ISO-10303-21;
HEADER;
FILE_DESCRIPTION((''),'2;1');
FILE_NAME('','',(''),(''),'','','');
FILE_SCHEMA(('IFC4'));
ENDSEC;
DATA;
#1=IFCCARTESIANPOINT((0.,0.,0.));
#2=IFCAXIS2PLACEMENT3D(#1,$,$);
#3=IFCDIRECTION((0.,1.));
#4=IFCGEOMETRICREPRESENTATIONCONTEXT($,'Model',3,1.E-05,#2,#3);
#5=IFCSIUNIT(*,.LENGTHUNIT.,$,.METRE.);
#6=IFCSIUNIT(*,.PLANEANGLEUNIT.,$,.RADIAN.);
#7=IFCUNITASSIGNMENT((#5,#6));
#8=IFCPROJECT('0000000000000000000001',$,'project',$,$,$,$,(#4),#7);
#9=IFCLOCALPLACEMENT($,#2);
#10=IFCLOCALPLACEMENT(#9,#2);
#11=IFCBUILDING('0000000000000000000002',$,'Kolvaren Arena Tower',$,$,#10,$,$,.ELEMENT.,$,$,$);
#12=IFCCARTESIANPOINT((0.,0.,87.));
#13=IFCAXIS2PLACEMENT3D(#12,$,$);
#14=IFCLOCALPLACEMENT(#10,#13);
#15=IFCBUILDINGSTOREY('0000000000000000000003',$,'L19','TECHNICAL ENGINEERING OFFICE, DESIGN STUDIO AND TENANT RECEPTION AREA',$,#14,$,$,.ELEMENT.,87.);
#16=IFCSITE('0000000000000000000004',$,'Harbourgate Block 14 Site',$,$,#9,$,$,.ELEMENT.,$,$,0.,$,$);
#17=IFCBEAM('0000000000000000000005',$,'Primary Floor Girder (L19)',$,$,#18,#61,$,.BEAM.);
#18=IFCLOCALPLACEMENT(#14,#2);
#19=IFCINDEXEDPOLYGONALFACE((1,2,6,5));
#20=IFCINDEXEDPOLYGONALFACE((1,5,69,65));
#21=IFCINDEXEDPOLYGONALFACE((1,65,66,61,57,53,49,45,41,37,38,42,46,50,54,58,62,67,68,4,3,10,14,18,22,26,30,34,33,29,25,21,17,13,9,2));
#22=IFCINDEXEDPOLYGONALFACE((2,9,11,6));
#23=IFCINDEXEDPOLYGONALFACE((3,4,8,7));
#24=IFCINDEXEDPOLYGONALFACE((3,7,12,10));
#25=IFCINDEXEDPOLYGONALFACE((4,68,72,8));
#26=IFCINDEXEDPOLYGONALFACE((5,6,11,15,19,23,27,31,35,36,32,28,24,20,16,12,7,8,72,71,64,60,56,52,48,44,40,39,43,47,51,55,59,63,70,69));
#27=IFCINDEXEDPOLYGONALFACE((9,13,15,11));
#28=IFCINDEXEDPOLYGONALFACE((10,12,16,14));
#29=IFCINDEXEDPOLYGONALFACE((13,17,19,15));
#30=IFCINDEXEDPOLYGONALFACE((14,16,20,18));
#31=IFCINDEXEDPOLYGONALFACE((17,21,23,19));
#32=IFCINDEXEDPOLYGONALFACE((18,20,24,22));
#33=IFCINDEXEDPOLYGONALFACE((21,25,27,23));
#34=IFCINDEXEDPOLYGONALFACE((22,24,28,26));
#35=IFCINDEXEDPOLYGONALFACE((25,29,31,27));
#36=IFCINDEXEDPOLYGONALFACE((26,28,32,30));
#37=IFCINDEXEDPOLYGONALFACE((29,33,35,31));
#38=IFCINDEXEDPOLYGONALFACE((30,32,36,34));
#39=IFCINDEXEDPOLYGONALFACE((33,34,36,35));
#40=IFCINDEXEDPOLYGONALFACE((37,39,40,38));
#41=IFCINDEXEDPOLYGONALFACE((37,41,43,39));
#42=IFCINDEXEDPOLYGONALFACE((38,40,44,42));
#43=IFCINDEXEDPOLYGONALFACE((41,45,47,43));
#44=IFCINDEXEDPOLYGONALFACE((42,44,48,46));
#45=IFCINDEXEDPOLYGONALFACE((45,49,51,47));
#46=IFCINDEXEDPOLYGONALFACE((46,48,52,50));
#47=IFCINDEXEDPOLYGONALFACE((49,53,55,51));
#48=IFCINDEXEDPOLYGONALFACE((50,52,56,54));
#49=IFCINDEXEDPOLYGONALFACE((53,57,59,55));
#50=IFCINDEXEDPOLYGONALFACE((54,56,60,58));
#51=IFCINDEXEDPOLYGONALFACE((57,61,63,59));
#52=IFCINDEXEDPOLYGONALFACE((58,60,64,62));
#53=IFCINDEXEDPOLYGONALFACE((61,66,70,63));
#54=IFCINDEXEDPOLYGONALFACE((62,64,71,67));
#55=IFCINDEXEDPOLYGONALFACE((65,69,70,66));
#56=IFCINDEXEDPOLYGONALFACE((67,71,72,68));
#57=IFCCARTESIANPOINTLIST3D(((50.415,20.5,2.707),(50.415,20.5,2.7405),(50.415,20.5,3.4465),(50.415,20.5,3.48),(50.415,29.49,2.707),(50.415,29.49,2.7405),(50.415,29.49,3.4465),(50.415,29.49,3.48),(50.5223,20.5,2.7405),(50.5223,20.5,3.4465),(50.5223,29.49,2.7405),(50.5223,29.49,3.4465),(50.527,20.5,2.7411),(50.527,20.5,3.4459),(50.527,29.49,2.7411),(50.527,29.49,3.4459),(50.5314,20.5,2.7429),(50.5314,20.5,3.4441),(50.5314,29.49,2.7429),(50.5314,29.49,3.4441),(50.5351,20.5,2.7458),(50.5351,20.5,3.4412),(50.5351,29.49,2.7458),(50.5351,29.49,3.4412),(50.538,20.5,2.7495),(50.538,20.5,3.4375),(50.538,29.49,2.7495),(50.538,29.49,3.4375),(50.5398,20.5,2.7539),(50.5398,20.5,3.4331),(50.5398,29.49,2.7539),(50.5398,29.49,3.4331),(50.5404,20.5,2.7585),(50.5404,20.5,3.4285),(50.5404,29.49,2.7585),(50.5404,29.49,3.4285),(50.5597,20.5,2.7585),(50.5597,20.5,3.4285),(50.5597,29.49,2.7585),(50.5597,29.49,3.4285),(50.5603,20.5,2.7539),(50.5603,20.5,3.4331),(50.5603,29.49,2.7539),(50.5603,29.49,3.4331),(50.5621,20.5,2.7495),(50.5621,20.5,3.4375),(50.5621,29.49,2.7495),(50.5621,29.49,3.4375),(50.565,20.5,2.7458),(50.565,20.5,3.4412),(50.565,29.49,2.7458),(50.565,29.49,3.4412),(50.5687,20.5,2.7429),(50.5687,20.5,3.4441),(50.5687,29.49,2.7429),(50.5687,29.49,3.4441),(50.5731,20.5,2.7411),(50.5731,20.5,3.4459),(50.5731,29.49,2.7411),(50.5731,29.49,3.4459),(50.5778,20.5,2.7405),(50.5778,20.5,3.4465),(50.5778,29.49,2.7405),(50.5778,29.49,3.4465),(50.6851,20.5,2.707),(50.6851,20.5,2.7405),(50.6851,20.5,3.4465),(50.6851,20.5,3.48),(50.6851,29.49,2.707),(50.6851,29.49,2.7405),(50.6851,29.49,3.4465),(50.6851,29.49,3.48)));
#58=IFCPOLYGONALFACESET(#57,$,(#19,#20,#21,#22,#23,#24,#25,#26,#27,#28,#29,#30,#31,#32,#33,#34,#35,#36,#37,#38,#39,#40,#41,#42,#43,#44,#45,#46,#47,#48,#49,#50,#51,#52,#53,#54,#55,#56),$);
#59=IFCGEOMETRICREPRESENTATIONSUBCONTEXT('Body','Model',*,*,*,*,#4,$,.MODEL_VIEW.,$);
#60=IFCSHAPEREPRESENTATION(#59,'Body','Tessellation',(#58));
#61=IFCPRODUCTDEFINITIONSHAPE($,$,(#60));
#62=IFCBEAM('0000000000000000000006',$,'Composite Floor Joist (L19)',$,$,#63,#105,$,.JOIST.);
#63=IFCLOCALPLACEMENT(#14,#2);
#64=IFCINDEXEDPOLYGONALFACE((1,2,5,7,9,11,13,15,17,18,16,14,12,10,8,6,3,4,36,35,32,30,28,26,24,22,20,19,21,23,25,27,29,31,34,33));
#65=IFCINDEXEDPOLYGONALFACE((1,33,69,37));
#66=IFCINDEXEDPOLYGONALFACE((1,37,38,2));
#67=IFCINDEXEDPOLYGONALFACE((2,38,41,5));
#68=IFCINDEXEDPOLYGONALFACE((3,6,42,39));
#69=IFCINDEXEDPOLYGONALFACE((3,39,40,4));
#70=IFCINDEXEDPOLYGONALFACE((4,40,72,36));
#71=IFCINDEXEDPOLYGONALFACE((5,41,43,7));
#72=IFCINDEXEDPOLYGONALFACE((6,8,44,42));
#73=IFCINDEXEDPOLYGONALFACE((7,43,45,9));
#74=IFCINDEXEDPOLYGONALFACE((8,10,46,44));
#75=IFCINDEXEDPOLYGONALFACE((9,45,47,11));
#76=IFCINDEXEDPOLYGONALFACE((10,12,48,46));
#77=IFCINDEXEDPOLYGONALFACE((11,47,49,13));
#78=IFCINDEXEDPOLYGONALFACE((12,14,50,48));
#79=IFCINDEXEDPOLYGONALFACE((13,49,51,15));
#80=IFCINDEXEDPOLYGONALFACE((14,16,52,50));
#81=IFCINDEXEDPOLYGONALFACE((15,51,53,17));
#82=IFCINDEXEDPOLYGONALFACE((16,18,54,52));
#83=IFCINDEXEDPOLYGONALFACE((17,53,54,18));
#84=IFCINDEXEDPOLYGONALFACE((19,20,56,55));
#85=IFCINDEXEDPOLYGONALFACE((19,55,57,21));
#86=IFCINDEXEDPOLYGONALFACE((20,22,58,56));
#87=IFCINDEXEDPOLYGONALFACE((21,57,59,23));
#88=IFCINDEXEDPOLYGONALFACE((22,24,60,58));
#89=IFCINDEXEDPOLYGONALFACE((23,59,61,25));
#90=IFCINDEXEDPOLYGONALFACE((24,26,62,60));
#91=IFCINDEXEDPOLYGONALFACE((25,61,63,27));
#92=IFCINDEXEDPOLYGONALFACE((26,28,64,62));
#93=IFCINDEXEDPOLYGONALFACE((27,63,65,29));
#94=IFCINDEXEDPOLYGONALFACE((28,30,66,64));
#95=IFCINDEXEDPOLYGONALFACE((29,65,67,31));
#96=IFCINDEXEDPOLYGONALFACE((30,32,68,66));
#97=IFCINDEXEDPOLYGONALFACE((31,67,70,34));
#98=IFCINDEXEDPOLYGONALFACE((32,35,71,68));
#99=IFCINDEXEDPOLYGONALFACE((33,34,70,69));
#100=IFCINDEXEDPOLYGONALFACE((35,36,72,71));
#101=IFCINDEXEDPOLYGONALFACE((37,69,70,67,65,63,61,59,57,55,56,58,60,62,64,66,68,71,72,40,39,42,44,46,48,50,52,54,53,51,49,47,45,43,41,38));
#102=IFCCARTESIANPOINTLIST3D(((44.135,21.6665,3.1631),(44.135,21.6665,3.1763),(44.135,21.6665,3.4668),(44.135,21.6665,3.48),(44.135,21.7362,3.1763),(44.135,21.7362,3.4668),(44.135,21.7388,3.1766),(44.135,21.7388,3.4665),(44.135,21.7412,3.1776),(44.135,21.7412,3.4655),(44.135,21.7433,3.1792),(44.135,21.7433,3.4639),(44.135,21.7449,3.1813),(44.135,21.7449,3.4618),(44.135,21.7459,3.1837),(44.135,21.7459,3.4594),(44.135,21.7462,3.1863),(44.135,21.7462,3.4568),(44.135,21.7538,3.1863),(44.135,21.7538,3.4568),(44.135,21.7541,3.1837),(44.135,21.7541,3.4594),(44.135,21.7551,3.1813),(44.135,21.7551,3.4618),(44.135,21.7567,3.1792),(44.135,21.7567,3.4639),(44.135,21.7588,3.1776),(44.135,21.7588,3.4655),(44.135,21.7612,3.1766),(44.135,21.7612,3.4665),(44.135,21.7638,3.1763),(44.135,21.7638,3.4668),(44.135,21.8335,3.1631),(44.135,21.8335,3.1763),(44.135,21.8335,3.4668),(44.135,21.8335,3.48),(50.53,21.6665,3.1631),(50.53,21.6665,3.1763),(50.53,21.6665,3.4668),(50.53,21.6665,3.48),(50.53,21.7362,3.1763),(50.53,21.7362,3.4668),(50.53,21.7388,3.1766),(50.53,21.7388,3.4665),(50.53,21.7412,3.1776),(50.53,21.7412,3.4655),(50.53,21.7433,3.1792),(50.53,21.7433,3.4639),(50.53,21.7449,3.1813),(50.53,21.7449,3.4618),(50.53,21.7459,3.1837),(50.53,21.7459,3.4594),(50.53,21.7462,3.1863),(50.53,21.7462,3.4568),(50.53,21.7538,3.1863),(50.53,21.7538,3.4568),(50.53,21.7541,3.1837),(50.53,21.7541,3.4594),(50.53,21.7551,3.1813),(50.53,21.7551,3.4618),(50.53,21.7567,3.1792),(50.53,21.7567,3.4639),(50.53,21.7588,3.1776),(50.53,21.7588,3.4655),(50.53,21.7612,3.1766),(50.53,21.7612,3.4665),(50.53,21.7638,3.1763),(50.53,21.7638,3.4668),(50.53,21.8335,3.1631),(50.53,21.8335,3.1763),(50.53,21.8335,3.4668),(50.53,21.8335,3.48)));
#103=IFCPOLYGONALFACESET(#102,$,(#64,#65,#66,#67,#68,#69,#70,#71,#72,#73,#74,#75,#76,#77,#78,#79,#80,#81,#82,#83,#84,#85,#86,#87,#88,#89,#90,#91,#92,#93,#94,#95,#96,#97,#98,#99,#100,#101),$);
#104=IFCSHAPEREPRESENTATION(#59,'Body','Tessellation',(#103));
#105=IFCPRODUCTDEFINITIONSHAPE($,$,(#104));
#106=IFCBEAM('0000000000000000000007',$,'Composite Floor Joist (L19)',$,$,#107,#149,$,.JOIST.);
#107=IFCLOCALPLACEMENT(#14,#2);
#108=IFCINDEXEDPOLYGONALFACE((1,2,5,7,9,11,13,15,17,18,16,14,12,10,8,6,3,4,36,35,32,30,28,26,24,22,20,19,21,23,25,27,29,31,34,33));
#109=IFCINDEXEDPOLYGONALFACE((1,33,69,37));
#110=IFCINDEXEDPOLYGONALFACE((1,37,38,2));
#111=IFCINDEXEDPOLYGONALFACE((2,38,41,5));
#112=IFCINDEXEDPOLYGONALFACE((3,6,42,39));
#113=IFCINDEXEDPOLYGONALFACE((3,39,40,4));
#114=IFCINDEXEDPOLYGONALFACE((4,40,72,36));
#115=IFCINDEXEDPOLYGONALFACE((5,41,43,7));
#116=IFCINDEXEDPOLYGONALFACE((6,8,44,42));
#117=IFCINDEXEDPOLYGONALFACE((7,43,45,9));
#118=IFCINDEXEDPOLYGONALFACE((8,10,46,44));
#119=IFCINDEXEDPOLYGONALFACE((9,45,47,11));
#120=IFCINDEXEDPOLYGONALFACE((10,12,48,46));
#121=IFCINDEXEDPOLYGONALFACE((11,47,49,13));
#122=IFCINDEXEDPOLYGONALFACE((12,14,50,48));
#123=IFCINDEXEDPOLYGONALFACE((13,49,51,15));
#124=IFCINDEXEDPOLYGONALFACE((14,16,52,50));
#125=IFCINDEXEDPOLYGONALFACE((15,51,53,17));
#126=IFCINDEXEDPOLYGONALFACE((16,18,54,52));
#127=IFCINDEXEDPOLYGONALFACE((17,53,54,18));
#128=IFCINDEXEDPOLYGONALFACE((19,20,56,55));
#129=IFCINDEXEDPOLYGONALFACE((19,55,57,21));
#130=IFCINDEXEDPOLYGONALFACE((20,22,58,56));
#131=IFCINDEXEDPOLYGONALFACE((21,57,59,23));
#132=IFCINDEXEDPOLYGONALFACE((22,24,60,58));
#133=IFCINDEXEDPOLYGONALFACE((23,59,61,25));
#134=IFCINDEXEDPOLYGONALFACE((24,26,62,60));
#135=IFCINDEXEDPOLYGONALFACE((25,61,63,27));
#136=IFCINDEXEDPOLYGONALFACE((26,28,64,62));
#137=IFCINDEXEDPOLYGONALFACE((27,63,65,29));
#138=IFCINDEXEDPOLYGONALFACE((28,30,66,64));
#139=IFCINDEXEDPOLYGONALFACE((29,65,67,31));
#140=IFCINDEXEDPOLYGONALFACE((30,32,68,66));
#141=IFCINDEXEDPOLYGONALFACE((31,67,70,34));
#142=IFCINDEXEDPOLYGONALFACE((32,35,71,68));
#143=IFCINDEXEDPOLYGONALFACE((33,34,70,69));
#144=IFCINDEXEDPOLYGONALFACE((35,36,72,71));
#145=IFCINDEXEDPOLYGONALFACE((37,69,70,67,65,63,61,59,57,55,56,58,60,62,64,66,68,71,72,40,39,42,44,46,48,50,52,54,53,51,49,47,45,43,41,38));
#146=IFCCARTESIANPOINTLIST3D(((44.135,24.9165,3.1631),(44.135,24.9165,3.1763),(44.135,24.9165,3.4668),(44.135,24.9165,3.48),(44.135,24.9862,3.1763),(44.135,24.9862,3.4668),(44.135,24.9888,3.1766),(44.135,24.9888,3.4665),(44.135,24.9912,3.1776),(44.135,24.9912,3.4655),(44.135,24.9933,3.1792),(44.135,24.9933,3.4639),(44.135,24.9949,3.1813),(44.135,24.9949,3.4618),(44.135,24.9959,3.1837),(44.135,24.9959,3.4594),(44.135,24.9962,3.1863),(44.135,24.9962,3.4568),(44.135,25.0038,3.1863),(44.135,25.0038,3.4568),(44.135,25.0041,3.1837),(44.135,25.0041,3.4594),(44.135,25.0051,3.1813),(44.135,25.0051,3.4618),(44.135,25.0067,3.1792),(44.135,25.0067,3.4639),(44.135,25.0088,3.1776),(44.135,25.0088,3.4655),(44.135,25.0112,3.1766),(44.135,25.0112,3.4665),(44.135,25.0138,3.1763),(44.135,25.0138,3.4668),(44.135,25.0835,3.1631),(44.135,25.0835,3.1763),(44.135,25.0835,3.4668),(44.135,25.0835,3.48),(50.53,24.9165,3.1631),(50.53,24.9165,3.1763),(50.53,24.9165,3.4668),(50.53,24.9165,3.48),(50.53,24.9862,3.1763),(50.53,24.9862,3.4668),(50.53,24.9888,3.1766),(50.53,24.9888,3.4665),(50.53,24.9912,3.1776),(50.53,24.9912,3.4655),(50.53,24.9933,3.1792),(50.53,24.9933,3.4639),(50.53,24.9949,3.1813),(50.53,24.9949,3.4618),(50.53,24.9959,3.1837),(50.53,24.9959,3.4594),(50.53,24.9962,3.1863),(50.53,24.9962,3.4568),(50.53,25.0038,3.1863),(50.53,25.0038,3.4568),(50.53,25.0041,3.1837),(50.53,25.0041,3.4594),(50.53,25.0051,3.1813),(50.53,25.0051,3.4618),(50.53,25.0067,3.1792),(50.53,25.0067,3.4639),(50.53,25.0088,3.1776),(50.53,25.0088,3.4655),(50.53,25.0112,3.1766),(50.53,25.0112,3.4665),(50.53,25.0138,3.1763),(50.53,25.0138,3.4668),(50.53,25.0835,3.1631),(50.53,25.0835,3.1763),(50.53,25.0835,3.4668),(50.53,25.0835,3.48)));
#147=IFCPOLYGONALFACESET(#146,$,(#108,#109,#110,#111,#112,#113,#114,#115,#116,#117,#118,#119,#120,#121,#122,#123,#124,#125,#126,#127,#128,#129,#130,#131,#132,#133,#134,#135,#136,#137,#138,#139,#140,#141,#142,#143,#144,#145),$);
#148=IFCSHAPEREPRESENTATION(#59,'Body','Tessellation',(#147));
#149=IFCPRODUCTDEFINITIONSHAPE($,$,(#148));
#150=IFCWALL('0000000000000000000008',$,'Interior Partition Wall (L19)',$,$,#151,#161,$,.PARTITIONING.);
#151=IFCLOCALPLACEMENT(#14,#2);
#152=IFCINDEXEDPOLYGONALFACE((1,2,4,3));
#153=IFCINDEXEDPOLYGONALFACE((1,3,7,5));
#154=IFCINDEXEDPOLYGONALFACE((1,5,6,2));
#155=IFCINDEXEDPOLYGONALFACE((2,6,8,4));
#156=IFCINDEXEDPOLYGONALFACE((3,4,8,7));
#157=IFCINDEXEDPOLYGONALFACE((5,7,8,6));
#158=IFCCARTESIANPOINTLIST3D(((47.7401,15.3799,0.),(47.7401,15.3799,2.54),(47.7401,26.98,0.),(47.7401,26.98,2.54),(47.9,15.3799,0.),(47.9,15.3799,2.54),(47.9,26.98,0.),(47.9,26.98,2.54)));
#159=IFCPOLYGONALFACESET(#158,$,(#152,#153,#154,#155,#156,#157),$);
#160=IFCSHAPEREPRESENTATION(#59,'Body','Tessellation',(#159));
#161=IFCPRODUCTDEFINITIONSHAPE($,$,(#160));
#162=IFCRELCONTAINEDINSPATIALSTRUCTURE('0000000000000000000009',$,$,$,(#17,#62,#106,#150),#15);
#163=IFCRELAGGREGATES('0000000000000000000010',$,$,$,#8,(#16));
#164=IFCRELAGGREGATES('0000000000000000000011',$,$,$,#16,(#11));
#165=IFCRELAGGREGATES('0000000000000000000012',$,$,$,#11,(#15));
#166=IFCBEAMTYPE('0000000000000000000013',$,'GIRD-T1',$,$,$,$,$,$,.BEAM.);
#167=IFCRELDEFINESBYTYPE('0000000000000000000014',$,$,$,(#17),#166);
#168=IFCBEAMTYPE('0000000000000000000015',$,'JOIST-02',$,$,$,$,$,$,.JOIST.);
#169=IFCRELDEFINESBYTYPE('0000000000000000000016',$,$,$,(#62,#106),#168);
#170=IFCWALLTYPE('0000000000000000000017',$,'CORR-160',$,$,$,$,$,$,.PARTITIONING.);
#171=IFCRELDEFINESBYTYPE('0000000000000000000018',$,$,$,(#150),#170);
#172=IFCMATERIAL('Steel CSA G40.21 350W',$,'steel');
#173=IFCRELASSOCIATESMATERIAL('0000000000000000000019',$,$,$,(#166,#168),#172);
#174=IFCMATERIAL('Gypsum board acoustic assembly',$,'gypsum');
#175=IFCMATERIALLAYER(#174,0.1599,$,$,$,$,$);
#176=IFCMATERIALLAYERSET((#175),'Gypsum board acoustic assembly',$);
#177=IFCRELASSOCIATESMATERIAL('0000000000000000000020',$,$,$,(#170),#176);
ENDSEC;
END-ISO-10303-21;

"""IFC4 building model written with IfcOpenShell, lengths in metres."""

from ifc_helpers import new_model, si_unit, direction, frame, frame_2d, origin, origin_2d, place, context, subcontext, project, spatial, rectangle, i_section, extrude, material, layer, layer_set, material_profile, profile_set, type_object, element, save


model = new_model("IFC4")

# Units and contexts
model_context = context("Model", 3, precision=1e-05, world=origin(), true_north=direction((0.0, 1.0)))
body_context = subcontext(model_context, "Body", "Model", "MODEL_VIEW")
ifc_project = project(units=[si_unit("LENGTHUNIT", "METRE"), si_unit("PLANEANGLEUNIT", "RADIAN")], contexts=[model_context])

# Site, building, storey
site_placement = place(None, origin())
site = spatial("IfcSite", under=ifc_project, at=site_placement, Name="Harbourgate Block 14 Site", CompositionType="ELEMENT", RefElevation=0.0)
building_placement = place(site_placement, origin())
building = spatial("IfcBuilding", under=site, at=building_placement, Name="Kolvaren Arena Tower", CompositionType="ELEMENT")
storey_placement = place(building_placement, frame((0.0, 0.0, 87.0)))
storey = spatial("IfcBuildingStorey", under=building, at=storey_placement, Name="L19", Description="TECHNICAL ENGINEERING OFFICE, DESIGN STUDIO AND TENANT RECEPTION AREA", CompositionType="ELEMENT", Elevation=87.0)

# Beams
ifc_material_1 = material(Name="Steel CSA G40.21 350W", Category="steel")
ifc_material_profile_1 = material_profile(ifc_material_1, i_section(OverallWidth=0.27, OverallDepth=0.7729, WebThickness=0.0193, FlangeThickness=0.0334, FilletRadius=0.0181, at=origin_2d()), Name="W760x257")
ifc_profile_set_1 = profile_set([ifc_material_profile_1], Name="Steel CSA G40.21 350W")
beam_type_1 = type_object("IfcBeamType", Name="GIRD-T1", PredefinedType="BEAM", material=ifc_profile_set_1)
beam_1_placement = place(storey_placement, frame((50.55, 20.5, 3.0935), z_axis=(0.0, 1.0, 0.0), x_axis=(-1.0, 0.0, 0.0)))
element("IfcBeam", 1, at=beam_1_placement, inside=storey, type_object=beam_type_1, Name="Primary Floor Girder (L19)", PredefinedType="BEAM", context=body_context, shape_type="SweptSolid", body=[
    extrude(i_section(OverallWidth=0.27, OverallDepth=0.7729, WebThickness=0.0193, FlangeThickness=0.0334, FilletRadius=0.0181, at=origin_2d()), origin(), (0.0, 0.0, 1.0), 8.99),
])
ifc_material_profile_2 = material_profile(ifc_material_1, i_section(OverallWidth=0.167, OverallDepth=0.3169, WebThickness=0.0076, FlangeThickness=0.0132, FilletRadius=0.01, at=origin_2d()), Name="W310x52")
ifc_profile_set_2 = profile_set([ifc_material_profile_2], Name="Steel CSA G40.21 350W")
beam_type_2 = type_object("IfcBeamType", Name="JOIST-02", PredefinedType="JOIST", material=ifc_profile_set_2)
for number, where, z_axis, x_axis, name in (
    (2, (44.135, 21.75, 3.3215), (1.0, 0.0, 0.0), (0.0, 1.0, 0.0), "Composite Floor Joist (L19)"),
    (3, (44.135, 25.0, 3.3215), (1.0, 0.0, 0.0), (0.0, 1.0, 0.0), "Composite Floor Joist (L19)"),
):
    element("IfcBeam", number, at=place(storey_placement, frame(where, z_axis=z_axis, x_axis=x_axis)), inside=storey, type_object=beam_type_2, Name=name, PredefinedType="JOIST", context=body_context, shape_type="SweptSolid", body=[
        extrude(i_section(OverallWidth=0.167, OverallDepth=0.3169, WebThickness=0.0076, FlangeThickness=0.0132, FilletRadius=0.01, at=origin_2d()), origin(), (0.0, 0.0, 1.0), 6.395),
    ])

# Wall
ifc_material_2 = material(Name="Gypsum board acoustic assembly", Category="gypsum")
ifc_layer_1 = layer(ifc_material_2, 0.1599)
ifc_layer_set_1 = layer_set([ifc_layer_1], Name="Gypsum board acoustic assembly")
wall_type_1 = type_object("IfcWallType", Name="CORR-160", PredefinedType="PARTITIONING", material=ifc_layer_set_1)
wall_1_placement = place(storey_placement, frame((47.8201, 15.3799, 0.0), z_axis=(0.0, 0.0, 1.0), x_axis=(0.0, 1.0, 0.0)))
element("IfcWall", 4, at=wall_1_placement, inside=storey, type_object=wall_type_1, Name="Interior Partition Wall (L19)", PredefinedType="PARTITIONING", context=body_context, shape_type="SweptSolid", body=[
    extrude(rectangle(XDim=11.6001, YDim=0.1599, at=frame_2d((5.8, 0.0))), origin(), (0.0, 0.0, 1.0), 2.54),
])

save(model, "model.ifc")
